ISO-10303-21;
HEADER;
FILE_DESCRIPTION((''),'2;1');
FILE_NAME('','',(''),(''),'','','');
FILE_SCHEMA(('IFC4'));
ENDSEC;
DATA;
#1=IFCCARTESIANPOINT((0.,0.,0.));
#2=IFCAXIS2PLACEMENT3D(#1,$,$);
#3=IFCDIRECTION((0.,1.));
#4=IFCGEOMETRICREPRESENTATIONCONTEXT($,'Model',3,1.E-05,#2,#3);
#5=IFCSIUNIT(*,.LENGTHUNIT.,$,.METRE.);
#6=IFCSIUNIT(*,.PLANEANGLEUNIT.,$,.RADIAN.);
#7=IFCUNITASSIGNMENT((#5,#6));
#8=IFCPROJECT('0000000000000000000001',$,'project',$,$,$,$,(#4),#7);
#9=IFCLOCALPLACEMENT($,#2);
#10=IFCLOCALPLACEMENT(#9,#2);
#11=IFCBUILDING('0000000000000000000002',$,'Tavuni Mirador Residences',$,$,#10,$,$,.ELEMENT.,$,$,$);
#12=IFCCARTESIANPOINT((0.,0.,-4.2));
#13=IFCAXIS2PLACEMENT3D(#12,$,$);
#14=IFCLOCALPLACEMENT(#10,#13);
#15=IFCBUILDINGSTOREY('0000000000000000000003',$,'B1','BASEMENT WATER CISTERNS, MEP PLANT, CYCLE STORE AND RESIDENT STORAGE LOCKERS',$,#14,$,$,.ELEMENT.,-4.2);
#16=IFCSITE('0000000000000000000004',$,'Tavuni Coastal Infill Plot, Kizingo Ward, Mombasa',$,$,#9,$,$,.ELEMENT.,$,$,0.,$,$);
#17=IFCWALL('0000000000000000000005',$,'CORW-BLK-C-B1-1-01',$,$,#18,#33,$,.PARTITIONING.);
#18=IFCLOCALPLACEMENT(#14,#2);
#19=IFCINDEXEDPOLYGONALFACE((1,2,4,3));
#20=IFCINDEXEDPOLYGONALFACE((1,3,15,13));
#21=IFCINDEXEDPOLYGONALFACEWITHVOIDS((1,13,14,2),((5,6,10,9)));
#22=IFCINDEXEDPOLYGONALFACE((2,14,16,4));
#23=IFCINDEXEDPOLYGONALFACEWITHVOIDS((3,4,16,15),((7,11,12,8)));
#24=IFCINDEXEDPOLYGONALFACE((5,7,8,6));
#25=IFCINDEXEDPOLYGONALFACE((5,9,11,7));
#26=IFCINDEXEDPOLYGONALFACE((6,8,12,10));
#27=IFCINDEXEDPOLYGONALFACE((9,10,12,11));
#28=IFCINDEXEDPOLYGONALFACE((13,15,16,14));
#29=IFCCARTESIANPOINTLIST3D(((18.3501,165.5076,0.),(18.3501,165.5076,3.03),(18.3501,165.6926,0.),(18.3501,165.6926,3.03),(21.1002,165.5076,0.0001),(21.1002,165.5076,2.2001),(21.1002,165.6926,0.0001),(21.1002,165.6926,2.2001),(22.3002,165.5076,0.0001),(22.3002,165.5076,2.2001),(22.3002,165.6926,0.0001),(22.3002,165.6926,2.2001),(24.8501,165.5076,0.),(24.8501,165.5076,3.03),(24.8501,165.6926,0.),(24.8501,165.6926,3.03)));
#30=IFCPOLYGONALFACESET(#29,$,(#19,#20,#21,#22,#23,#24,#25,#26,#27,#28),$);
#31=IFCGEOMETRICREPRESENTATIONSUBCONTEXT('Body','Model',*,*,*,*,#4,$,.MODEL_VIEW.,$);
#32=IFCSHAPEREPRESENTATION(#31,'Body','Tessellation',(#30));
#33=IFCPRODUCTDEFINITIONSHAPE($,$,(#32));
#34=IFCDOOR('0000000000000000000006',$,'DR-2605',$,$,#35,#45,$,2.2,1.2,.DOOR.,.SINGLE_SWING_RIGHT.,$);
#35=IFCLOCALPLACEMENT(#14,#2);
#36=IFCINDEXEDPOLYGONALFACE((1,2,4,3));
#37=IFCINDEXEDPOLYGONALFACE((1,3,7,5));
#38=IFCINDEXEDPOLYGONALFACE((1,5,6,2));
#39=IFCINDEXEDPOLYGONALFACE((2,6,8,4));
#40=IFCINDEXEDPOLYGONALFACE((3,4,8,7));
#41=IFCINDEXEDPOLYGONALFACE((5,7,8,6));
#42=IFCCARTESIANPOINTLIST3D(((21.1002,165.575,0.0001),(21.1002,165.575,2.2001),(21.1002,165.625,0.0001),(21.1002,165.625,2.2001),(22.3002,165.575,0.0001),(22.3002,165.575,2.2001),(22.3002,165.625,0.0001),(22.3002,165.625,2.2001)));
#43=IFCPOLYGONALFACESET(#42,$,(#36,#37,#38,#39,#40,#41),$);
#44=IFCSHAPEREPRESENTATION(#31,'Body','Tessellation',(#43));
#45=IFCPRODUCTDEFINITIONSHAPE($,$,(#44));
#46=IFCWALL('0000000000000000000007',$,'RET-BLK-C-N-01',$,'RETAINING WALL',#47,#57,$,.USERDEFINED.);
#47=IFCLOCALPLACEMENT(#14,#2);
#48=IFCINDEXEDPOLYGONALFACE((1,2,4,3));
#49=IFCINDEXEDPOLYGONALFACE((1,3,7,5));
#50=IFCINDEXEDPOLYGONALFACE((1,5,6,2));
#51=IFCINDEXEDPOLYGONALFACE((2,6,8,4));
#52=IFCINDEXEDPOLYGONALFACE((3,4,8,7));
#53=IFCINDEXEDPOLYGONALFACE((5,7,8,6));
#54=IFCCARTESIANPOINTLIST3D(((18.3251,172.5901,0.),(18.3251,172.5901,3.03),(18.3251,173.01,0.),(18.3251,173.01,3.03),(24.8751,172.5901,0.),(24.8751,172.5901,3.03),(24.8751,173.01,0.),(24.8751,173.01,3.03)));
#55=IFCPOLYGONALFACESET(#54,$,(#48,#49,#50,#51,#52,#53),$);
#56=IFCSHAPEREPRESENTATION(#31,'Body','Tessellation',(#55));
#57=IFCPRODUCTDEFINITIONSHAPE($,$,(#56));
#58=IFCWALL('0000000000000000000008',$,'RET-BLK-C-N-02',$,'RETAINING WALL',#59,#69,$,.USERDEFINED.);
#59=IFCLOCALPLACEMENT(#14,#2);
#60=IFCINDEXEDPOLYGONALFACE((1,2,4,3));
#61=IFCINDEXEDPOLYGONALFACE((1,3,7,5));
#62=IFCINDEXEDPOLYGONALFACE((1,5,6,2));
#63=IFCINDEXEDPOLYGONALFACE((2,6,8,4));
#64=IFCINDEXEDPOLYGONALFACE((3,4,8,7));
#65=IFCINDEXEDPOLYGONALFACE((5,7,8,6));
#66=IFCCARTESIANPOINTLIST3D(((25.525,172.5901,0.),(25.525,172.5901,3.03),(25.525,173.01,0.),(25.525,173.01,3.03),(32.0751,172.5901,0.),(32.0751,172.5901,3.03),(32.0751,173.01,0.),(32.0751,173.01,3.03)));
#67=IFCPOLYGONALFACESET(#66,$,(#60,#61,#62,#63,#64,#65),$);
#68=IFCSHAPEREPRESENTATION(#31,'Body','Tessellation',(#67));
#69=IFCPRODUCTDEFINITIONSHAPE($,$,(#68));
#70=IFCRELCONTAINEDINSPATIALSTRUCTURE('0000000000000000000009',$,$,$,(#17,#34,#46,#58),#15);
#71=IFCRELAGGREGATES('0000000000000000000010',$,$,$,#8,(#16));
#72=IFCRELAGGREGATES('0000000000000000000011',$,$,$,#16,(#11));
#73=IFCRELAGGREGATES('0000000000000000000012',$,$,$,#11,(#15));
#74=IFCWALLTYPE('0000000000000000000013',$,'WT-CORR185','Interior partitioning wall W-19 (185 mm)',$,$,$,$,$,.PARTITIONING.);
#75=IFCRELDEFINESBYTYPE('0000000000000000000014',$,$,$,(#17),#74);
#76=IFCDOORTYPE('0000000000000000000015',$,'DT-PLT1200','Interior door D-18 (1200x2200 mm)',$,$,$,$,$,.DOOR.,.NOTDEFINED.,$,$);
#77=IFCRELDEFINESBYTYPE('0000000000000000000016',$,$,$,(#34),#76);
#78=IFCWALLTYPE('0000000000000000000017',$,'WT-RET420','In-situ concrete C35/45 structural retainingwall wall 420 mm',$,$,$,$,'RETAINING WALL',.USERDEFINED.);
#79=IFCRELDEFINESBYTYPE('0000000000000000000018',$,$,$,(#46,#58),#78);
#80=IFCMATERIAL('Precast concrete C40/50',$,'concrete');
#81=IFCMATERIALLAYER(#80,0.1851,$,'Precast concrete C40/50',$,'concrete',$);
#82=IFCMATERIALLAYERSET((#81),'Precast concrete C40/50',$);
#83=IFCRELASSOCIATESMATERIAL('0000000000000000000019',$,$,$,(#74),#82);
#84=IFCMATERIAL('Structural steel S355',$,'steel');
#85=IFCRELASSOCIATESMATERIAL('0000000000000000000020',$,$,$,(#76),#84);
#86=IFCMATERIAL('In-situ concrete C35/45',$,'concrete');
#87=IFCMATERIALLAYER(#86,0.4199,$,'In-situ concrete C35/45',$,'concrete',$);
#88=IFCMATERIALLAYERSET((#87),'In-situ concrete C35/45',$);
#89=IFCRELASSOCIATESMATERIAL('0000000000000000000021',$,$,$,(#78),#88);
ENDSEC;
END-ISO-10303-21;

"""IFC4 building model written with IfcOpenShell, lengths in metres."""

from ifc_helpers import new_model, si_unit, direction, frame, frame_2d, origin, place, context, subcontext, project, spatial, rectangle, extrude, material, layer, layer_set, type_object, element, fill, save


model = new_model("IFC4")

# Units and contexts
model_context = context("Model", 3, precision=1e-05, world=origin(), true_north=direction((0.0, 1.0)))
body_context = subcontext(model_context, "Body", "Model", "MODEL_VIEW")
ifc_project = project(units=[si_unit("LENGTHUNIT", "METRE"), si_unit("PLANEANGLEUNIT", "RADIAN")], contexts=[model_context])

# Site, building, storey
site_placement = place(None, origin())
site = spatial("IfcSite", under=ifc_project, at=site_placement, Name="Tavuni Coastal Infill Plot, Kizingo Ward, Mombasa", CompositionType="ELEMENT", RefElevation=0.0)
building_placement = place(site_placement, origin())
building = spatial("IfcBuilding", under=site, at=building_placement, Name="Tavuni Mirador Residences", CompositionType="ELEMENT")
storey_placement = place(building_placement, frame((0.0, 0.0, -4.2)))
storey = spatial("IfcBuildingStorey", under=building, at=storey_placement, Name="B1", Description="BASEMENT WATER CISTERNS, MEP PLANT, CYCLE STORE AND RESIDENT STORAGE LOCKERS", CompositionType="ELEMENT", Elevation=-4.2)

# Shared definitions
ifc_material_1 = material(Name="In-situ concrete C35/45", Category="concrete")

# Shared definitions
ifc_material_2 = material(Name="Precast concrete C40/50", Category="concrete")

# Wall, opening, door
ifc_layer_1 = layer(ifc_material_2, 0.1851, Name="Precast concrete C40/50", Category="concrete")
ifc_layer_set_1 = layer_set([ifc_layer_1], Name="Precast concrete C40/50")
wall_type_1 = type_object("IfcWallType", Name="WT-CORR185", Description="Interior partitioning wall W-19 (185 mm)", PredefinedType="PARTITIONING", material=ifc_layer_set_1)
wall_1_placement = place(storey_placement, frame((18.3501, 165.6001, 0.0), z_axis=(0.0, 0.0, 1.0), x_axis=(1.0, 0.0, 0.0)))
wall_1 = element("IfcWall", 1, at=wall_1_placement, inside=storey, type_object=wall_type_1, Name="CORW-BLK-C-B1-1-01", PredefinedType="PARTITIONING", context=body_context, shape_type="SweptSolid", body=[
    extrude(rectangle(XDim=6.5, YDim=0.1851, at=frame_2d((3.25, 0.0))), origin(), (0.0, 0.0, 1.0), 3.03),
])
opening_1_placement = place(wall_1_placement, frame((2.75, 0.0, 0.0)))
opening_1 = element("IfcOpeningElement", 2, at=opening_1_placement, cuts=wall_1, PredefinedType="OPENING", context=body_context, shape_type="SweptSolid", body=[
    extrude(rectangle(XDim=1.2, YDim=2.2, at=frame_2d((0.6001, 1.1001))), frame((0.0, 0.1025, 0.0), z_axis=(0.0, -1.0, 0.0), x_axis=(1.0, 0.0, 0.0)), (0.0, 0.0, 1.0), 0.2051),
])
ifc_material_3 = material(Name="Structural steel S355", Category="steel")
door_type_1 = type_object("IfcDoorType", Name="DT-PLT1200", Description="Interior door D-18 (1200x2200 mm)", OperationType="NOTDEFINED", PredefinedType="DOOR", material=ifc_material_3)
door_1_placement = place(opening_1_placement, origin())
door_1 = element("IfcDoor", 3, at=door_1_placement, inside=storey, type_object=door_type_1, Name="DR-2605", OperationType="SINGLE_SWING_RIGHT", OverallHeight=2.2, OverallWidth=1.2, PredefinedType="DOOR", context=body_context, shape_type="SweptSolid", body=[
    extrude(rectangle(XDim=1.2, YDim=2.2, at=frame_2d((0.6001, 1.1001))), frame((0.0, 0.0249, 0.0), z_axis=(0.0, -1.0, 0.0), x_axis=(1.0, 0.0, 0.0)), (0.0, 0.0, 1.0), 0.05),
])
fill(opening_1, door_1)

# Walls
ifc_layer_2 = layer(ifc_material_1, 0.4199, Name="In-situ concrete C35/45", Category="concrete")
ifc_layer_set_2 = layer_set([ifc_layer_2], Name="In-situ concrete C35/45")
wall_type_2 = type_object("IfcWallType", Name="WT-RET420", Description="In-situ concrete C35/45 structural retainingwall wall 420 mm", ElementType="RETAINING WALL", PredefinedType="USERDEFINED", material=ifc_layer_set_2)
for number, where, z_axis, x_axis, name in (
    (4, (24.875, 172.8, 0.0), (0.0, 0.0, 1.0), (-1.0, 0.0, 0.0), "RET-BLK-C-N-01"),
    (5, (32.075, 172.8, 0.0), (0.0, 0.0, 1.0), (-1.0, 0.0, 0.0), "RET-BLK-C-N-02"),
):
    element("IfcWall", number, at=place(storey_placement, frame(where, z_axis=z_axis, x_axis=x_axis)), inside=storey, type_object=wall_type_2, Name=name, ObjectType="RETAINING WALL", PredefinedType="USERDEFINED", context=body_context, shape_type="SweptSolid", body=[
        extrude(rectangle(XDim=6.55, YDim=0.4199, at=frame_2d((3.2749, 0.0))), origin(), (0.0, 0.0, 1.0), 3.03),
    ])

save(model, "model.ifc")
